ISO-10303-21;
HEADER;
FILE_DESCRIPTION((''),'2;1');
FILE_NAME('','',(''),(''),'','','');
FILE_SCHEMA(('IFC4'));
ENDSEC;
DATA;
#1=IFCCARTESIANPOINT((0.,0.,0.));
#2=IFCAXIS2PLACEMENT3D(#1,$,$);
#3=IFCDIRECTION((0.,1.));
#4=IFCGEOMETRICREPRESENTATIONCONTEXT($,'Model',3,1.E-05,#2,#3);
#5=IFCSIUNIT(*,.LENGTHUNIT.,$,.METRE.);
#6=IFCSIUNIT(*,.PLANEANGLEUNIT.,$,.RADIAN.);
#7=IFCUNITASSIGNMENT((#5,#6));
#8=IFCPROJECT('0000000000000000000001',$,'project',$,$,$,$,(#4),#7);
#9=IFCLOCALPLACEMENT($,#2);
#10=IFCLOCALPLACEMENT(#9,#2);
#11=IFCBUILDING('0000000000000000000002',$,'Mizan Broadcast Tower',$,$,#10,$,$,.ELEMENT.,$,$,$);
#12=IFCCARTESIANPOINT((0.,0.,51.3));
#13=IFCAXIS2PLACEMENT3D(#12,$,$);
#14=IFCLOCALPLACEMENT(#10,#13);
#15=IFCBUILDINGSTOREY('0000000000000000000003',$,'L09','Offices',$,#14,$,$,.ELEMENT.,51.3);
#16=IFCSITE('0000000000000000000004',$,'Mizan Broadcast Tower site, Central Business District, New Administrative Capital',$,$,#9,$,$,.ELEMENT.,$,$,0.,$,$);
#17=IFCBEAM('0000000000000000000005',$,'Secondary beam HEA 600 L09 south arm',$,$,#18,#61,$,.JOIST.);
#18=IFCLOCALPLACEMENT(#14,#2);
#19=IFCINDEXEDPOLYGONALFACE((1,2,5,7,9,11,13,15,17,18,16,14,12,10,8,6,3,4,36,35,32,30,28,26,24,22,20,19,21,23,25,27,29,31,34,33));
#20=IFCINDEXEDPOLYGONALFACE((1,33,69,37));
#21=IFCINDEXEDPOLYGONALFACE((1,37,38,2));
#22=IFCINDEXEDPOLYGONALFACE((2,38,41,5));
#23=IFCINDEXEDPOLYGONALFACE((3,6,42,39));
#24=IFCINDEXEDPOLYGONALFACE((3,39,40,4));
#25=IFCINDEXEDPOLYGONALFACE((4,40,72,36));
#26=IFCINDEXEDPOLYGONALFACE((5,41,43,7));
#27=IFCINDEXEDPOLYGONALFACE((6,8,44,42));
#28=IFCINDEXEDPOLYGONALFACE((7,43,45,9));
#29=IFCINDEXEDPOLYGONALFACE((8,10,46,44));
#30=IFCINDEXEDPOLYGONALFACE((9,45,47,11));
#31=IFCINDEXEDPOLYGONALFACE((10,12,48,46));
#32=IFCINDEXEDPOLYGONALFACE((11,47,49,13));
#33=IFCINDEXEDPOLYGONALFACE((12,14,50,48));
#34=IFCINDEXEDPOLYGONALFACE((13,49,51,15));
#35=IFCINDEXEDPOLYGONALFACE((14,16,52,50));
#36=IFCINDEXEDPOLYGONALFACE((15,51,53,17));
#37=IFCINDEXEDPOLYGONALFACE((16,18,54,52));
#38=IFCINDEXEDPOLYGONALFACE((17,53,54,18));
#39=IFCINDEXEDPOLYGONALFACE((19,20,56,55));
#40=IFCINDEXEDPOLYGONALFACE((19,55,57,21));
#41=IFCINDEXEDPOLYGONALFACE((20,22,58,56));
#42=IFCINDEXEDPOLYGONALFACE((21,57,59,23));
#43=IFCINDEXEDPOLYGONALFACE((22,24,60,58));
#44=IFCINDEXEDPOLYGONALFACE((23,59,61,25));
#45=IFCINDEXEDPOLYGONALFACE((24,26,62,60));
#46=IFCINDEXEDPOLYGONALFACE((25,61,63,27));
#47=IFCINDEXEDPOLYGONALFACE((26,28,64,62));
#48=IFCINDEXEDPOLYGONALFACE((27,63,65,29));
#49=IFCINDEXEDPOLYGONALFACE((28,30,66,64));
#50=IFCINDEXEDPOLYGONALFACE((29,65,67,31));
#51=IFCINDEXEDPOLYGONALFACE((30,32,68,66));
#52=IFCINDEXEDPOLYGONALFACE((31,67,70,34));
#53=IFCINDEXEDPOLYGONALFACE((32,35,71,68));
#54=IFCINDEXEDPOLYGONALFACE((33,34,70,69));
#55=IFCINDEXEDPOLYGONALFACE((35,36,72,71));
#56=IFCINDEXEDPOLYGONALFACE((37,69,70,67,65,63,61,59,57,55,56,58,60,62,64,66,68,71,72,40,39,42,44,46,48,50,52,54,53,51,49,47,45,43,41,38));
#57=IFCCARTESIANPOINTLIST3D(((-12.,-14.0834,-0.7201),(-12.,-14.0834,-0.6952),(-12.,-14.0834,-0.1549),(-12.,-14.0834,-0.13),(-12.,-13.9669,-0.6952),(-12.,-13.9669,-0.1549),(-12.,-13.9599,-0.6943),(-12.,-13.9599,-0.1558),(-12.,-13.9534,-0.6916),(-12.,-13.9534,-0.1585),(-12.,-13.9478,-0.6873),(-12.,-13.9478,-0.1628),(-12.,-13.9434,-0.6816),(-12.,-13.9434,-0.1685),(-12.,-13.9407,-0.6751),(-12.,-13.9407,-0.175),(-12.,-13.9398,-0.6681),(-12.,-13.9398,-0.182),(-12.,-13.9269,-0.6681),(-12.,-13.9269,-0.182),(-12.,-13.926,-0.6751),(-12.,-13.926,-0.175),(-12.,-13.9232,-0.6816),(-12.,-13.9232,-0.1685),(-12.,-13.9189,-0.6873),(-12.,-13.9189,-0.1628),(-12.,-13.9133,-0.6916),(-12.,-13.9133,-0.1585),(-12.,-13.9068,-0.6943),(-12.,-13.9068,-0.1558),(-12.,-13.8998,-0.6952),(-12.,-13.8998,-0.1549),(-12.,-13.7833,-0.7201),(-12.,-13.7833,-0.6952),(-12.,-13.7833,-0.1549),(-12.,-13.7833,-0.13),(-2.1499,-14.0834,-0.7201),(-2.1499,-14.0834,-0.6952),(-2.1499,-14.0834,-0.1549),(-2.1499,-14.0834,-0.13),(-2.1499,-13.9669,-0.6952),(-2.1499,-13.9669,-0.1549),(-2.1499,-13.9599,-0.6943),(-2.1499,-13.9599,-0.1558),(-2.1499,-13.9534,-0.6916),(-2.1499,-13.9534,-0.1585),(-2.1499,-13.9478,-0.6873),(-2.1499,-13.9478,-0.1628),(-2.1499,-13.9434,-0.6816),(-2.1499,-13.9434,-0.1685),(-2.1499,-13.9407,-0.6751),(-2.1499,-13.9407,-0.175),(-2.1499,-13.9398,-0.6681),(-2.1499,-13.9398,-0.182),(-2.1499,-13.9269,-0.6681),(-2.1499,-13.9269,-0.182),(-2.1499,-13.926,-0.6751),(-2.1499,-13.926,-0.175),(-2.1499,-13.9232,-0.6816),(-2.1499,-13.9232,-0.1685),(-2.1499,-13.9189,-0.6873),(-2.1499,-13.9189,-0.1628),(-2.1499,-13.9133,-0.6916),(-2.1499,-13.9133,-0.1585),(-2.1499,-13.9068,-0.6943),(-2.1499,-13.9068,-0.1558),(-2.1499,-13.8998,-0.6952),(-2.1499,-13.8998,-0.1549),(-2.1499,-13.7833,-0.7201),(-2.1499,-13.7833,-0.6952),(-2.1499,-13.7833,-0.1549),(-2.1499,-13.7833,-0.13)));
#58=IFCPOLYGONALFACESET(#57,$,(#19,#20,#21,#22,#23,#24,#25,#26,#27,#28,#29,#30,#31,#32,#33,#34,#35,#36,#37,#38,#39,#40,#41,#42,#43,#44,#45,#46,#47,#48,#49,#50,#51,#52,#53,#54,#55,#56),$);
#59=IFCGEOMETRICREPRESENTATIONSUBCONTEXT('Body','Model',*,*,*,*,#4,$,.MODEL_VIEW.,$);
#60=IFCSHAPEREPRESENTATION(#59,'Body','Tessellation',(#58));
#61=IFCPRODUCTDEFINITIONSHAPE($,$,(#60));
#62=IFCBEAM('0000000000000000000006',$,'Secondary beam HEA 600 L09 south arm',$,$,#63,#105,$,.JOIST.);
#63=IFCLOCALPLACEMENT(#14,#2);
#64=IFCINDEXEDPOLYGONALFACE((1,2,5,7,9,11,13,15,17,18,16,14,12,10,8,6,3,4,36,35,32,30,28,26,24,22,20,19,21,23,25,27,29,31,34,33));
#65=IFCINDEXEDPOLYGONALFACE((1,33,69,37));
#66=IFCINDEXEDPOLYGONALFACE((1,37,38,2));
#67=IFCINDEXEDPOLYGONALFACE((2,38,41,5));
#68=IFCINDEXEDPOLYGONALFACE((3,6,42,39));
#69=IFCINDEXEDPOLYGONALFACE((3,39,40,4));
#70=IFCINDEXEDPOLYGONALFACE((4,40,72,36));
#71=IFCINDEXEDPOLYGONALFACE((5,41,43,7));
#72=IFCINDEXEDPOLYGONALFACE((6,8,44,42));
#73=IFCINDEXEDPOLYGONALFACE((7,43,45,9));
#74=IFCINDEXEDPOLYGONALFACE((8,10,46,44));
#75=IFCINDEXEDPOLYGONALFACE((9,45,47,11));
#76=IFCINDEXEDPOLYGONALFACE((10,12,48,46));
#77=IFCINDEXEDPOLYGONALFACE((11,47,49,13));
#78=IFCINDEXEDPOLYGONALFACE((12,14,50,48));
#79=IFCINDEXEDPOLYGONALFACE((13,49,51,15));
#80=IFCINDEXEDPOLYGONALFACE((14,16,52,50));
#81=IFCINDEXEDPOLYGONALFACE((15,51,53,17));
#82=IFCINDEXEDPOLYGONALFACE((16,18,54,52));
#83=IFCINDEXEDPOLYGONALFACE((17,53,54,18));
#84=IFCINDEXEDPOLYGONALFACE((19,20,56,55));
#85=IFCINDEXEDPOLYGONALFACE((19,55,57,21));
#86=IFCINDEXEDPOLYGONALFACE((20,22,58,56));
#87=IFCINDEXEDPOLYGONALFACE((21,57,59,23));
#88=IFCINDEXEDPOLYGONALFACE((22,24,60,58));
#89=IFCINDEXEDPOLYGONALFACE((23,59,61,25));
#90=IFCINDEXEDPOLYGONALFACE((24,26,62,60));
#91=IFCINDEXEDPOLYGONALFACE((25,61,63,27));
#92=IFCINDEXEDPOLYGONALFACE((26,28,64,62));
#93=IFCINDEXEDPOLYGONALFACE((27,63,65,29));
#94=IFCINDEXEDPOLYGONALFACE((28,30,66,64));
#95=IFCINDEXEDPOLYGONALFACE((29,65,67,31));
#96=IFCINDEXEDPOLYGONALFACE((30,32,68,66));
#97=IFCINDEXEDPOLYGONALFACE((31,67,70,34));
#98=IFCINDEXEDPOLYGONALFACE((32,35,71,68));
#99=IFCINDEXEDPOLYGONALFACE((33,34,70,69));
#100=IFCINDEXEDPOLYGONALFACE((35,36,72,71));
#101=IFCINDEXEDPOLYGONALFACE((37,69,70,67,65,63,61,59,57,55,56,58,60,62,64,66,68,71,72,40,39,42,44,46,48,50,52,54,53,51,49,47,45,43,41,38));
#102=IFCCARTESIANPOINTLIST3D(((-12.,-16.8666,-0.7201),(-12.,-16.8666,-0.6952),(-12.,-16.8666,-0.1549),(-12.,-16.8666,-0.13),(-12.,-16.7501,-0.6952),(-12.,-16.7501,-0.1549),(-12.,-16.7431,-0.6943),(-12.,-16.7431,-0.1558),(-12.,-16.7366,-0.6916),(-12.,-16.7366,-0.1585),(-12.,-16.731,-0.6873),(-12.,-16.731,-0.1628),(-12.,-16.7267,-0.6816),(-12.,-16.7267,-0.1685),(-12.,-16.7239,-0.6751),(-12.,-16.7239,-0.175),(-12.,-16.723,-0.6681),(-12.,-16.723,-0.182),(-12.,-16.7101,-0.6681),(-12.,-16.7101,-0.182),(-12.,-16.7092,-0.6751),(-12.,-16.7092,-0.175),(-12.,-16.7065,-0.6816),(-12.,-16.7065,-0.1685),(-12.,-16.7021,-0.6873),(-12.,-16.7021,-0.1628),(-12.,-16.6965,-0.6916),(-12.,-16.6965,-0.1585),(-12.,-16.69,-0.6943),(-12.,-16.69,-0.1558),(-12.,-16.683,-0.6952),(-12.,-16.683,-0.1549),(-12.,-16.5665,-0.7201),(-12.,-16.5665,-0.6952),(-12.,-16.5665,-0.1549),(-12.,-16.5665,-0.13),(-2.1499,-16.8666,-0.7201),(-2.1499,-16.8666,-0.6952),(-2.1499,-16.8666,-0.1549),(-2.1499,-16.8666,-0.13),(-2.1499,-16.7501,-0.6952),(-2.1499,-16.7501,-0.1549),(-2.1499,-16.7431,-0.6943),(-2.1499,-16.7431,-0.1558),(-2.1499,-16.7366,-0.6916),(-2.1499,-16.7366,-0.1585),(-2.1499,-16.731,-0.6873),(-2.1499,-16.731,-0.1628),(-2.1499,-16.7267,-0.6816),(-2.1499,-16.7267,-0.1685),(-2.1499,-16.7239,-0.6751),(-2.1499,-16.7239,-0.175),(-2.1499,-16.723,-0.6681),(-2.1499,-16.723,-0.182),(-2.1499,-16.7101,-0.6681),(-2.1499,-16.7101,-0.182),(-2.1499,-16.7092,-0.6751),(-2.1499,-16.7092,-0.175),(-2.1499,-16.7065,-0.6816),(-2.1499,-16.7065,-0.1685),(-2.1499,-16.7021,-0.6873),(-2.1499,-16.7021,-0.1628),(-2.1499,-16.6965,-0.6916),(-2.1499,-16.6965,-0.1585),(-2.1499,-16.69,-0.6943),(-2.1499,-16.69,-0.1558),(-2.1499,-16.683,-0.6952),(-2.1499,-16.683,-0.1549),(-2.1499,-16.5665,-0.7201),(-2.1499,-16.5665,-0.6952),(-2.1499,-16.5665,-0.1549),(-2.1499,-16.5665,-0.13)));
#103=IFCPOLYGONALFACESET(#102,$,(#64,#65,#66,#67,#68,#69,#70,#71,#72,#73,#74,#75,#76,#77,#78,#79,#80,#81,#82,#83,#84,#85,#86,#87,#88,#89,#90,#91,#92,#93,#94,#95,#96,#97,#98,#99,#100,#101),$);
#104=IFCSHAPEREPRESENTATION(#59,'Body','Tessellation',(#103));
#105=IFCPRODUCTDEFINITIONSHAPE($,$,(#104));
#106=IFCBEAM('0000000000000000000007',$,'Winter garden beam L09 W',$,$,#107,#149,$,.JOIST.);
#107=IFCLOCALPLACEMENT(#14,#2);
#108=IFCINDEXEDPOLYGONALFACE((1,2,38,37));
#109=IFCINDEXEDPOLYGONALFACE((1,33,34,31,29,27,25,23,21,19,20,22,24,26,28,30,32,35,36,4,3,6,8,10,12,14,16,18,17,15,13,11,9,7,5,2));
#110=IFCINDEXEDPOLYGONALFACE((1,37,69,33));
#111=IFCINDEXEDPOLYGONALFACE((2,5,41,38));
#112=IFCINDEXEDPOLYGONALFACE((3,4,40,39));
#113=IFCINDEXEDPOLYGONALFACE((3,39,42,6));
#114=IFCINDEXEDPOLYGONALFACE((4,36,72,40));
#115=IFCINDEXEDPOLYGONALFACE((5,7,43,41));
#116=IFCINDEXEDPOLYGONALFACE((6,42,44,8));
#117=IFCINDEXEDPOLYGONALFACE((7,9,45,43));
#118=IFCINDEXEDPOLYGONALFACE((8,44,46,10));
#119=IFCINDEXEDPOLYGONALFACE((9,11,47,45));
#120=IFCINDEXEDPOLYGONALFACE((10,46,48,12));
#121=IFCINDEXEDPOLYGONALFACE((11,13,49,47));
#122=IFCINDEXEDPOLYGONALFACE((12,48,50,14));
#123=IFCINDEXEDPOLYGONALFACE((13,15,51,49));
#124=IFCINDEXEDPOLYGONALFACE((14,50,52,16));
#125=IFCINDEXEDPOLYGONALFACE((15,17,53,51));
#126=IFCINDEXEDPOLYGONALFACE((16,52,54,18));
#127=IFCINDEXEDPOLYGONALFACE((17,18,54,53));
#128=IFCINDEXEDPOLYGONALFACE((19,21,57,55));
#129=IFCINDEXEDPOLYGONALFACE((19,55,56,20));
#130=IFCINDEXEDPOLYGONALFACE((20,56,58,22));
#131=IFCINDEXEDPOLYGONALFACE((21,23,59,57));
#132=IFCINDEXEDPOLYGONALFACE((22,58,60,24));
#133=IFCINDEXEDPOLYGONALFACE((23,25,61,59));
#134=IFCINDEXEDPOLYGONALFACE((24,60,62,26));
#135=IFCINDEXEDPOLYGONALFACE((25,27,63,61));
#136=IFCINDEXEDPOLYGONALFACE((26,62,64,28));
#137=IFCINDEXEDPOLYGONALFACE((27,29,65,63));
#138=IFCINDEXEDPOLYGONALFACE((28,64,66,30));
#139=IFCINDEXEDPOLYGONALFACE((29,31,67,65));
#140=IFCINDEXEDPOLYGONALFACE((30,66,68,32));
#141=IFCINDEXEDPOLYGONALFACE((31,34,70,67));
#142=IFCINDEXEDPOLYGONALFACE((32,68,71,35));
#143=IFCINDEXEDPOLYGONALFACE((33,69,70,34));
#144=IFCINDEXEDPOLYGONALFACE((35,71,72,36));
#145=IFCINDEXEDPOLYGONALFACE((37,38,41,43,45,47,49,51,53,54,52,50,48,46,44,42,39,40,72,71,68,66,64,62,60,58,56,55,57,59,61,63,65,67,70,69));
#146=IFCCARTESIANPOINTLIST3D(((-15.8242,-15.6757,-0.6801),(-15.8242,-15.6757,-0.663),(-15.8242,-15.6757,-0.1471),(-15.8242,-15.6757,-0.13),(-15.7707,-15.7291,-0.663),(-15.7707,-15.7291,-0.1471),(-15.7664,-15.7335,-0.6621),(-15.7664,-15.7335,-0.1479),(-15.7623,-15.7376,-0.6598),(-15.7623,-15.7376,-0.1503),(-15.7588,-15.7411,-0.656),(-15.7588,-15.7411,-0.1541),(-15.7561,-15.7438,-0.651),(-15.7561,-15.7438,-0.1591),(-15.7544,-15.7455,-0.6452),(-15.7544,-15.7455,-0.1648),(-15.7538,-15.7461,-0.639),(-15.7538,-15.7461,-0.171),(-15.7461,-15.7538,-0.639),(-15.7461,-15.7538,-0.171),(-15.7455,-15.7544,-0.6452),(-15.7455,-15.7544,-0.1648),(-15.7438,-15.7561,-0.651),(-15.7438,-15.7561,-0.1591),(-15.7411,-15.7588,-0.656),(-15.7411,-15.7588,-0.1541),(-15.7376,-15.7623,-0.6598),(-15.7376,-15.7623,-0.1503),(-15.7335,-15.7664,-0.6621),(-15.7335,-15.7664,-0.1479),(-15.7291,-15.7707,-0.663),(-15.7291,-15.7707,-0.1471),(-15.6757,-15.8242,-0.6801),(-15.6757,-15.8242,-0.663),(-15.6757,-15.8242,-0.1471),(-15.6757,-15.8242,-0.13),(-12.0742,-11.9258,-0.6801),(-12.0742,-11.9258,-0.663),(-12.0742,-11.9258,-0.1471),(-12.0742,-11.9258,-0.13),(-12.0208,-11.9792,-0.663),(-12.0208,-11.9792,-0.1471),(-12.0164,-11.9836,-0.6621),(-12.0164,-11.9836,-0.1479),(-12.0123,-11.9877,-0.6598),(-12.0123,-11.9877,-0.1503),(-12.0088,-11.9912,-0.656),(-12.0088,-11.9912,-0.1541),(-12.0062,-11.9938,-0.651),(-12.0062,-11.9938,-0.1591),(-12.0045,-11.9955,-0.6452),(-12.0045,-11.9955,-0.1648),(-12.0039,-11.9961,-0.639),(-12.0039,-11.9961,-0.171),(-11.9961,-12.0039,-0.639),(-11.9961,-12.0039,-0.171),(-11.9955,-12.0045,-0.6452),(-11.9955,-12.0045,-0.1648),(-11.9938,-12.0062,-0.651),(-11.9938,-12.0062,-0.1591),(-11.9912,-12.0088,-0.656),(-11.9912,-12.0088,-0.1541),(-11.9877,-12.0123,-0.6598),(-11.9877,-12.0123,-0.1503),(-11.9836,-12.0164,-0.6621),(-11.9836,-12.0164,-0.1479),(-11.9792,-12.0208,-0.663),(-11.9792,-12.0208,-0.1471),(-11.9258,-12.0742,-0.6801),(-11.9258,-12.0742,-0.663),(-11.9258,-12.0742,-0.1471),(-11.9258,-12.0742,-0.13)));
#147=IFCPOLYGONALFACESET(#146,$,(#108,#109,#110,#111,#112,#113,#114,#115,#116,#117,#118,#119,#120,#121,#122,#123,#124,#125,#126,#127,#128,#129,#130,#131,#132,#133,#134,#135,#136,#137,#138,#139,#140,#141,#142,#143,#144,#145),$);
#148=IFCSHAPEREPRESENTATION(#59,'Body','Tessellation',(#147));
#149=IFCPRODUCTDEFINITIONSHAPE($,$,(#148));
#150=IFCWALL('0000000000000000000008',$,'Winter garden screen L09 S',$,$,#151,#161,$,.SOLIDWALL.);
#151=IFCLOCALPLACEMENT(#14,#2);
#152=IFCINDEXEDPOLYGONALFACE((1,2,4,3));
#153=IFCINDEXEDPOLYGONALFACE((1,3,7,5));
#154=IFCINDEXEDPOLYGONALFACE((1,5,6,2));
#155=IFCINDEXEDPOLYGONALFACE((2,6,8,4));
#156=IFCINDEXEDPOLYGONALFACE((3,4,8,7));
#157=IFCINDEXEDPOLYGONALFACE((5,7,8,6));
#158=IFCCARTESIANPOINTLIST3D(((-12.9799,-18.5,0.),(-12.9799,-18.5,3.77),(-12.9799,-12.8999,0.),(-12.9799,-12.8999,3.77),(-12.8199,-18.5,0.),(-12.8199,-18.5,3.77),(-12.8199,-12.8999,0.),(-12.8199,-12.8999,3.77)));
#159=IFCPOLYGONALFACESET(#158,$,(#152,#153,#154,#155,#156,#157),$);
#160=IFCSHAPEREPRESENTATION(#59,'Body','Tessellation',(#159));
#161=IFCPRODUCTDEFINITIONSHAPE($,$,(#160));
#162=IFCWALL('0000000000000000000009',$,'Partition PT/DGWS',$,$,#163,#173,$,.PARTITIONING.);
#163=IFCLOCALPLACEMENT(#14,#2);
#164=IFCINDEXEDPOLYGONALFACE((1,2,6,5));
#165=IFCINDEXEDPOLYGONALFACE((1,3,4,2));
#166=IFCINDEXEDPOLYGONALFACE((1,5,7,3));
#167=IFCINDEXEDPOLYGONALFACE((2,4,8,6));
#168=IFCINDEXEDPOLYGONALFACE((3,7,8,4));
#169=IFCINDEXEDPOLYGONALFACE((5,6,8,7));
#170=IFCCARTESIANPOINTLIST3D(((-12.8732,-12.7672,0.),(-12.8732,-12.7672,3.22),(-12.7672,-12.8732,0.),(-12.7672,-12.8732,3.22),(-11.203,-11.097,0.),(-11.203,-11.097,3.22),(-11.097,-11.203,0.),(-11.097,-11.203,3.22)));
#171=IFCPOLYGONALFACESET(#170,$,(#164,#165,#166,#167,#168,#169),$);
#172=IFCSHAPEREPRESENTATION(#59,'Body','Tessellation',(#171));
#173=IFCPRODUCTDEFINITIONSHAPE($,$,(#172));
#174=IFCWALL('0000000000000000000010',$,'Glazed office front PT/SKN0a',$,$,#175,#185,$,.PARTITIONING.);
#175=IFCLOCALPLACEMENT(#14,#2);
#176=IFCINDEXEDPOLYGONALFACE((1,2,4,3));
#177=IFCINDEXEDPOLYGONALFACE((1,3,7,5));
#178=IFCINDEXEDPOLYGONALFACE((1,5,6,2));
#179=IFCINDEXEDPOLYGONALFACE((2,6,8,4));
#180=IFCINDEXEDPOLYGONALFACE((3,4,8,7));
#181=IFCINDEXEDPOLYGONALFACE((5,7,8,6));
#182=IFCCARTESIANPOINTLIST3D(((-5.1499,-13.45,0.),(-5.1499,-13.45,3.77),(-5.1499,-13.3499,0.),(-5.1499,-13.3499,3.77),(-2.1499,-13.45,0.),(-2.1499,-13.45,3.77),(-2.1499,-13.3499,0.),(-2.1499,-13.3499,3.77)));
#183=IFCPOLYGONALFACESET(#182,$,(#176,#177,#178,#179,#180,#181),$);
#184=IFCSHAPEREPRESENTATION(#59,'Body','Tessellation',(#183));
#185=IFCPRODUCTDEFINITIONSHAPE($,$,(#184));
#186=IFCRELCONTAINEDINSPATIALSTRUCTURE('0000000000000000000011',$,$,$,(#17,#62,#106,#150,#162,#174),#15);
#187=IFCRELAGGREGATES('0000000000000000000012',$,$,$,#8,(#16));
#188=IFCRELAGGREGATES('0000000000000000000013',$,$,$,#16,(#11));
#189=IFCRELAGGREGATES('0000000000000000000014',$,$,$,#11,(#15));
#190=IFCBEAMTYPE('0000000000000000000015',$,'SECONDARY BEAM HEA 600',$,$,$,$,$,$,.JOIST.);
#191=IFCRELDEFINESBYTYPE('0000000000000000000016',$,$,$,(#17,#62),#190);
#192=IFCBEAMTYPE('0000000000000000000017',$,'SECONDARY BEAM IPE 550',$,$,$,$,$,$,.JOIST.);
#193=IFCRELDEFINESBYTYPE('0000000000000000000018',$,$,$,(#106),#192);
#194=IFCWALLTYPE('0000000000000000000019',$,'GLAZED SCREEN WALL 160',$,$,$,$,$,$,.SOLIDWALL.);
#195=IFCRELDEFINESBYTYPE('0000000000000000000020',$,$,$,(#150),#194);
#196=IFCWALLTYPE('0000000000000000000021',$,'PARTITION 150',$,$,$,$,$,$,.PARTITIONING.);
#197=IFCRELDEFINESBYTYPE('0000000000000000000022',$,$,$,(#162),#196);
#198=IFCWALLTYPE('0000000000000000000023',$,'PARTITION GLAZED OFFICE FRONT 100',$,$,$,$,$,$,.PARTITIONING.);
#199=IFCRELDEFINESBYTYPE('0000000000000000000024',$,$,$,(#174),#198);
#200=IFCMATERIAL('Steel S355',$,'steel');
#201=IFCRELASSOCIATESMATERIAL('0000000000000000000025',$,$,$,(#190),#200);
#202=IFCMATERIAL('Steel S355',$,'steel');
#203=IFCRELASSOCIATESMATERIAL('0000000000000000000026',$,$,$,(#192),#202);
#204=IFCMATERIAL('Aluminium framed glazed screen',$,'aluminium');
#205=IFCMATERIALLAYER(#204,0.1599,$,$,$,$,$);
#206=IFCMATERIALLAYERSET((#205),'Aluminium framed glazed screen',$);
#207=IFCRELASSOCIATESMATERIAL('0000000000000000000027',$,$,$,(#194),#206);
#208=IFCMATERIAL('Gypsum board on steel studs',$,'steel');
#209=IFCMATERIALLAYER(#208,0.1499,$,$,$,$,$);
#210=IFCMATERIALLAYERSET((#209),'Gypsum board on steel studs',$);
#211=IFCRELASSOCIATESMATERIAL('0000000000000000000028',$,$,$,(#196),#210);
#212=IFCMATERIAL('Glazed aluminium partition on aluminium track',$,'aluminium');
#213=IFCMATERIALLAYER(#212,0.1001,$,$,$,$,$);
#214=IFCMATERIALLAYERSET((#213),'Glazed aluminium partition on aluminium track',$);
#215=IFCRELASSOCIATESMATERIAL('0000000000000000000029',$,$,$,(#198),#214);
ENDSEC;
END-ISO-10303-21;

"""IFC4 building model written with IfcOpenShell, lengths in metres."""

from ifc_helpers import new_model, si_unit, direction, frame, frame_2d, origin, origin_2d, place, context, subcontext, project, spatial, rectangle, i_section, extrude, material, layer, layer_set, material_profile, profile_set, type_object, element, save


model = new_model("IFC4")

# Units and contexts
model_context = context("Model", 3, precision=1e-05, world=origin(), true_north=direction((0.0, 1.0)))
body_context = subcontext(model_context, "Body", "Model", "MODEL_VIEW")
ifc_project = project(units=[si_unit("LENGTHUNIT", "METRE"), si_unit("PLANEANGLEUNIT", "RADIAN")], contexts=[model_context])

# Site, building, storey
site_placement = place(None, origin())
site = spatial("IfcSite", under=ifc_project, at=site_placement, Name="Mizan Broadcast Tower site, Central Business District, New Administrative Capital", CompositionType="ELEMENT", RefElevation=0.0)
building_placement = place(site_placement, origin())
building = spatial("IfcBuilding", under=site, at=building_placement, Name="Mizan Broadcast Tower", CompositionType="ELEMENT")
storey_placement = place(building_placement, frame((0.0, 0.0, 51.3)))
storey = spatial("IfcBuildingStorey", under=building, at=storey_placement, Name="L09", Description="Offices", CompositionType="ELEMENT", Elevation=51.3)

# Beams
ifc_material_1 = material(Name="Steel S355", Category="steel")
ifc_material_profile_1 = material_profile(ifc_material_1, i_section(OverallWidth=0.3, OverallDepth=0.5901, WebThickness=0.0129, FlangeThickness=0.0249, FilletRadius=0.0271, at=origin_2d()), Name="HEA 600")
ifc_profile_set_1 = profile_set([ifc_material_profile_1], Name="Steel S355")
beam_type_1 = type_object("IfcBeamType", Name="SECONDARY BEAM HEA 600", PredefinedType="JOIST", material=ifc_profile_set_1)
for number, where, z_axis, x_axis, name in (
    (1, (-12.0, -13.9333, -0.425), (1.0, 0.0, 0.0), (0.0, 1.0, 0.0), "Secondary beam HEA 600 L09 south arm"),
    (2, (-12.0, -16.7166, -0.425), (1.0, 0.0, 0.0), (0.0, 1.0, 0.0), "Secondary beam HEA 600 L09 south arm"),
):
    element("IfcBeam", number, at=place(storey_placement, frame(where, z_axis=z_axis, x_axis=x_axis)), inside=storey, type_object=beam_type_1, Name=name, PredefinedType="JOIST", context=body_context, shape_type="SweptSolid", body=[
        extrude(i_section(OverallWidth=0.3, OverallDepth=0.5901, WebThickness=0.0129, FlangeThickness=0.0249, FilletRadius=0.0271, at=origin_2d()), origin(), (0.0, 0.0, 1.0), 9.8501),
    ])
ifc_material_2 = material(Name="Steel S355", Category="steel")
ifc_material_profile_2 = material_profile(ifc_material_2, i_section(OverallWidth=0.21, OverallDepth=0.55, WebThickness=0.011, FlangeThickness=0.0171, FilletRadius=0.0239, at=origin_2d()), Name="IPE 550")
ifc_profile_set_2 = profile_set([ifc_material_profile_2], Name="Steel S355")
beam_type_2 = type_object("IfcBeamType", Name="SECONDARY BEAM IPE 550", PredefinedType="JOIST", material=ifc_profile_set_2)
beam_1_placement = place(storey_placement, frame((-12.0, -12.0, -0.405), z_axis=(-0.707107, -0.707107, 0.0), x_axis=(0.707107, -0.707107, 0.0)))
element("IfcBeam", 3, at=beam_1_placement, inside=storey, type_object=beam_type_2, Name="Winter garden beam L09 W", PredefinedType="JOIST", context=body_context, shape_type="SweptSolid", body=[
    extrude(i_section(OverallWidth=0.21, OverallDepth=0.55, WebThickness=0.011, FlangeThickness=0.0171, FilletRadius=0.0239, at=origin_2d()), origin(), (0.0, 0.0, 1.0), 5.3032),
])

# Walls
ifc_material_3 = material(Name="Aluminium framed glazed screen", Category="aluminium")
ifc_layer_1 = layer(ifc_material_3, 0.1599)
ifc_layer_set_1 = layer_set([ifc_layer_1], Name="Aluminium framed glazed screen")
wall_type_1 = type_object("IfcWallType", Name="GLAZED SCREEN WALL 160", PredefinedType="SOLIDWALL", material=ifc_layer_set_1)
wall_1_placement = place(storey_placement, frame((-12.8999, -12.8999, 0.0), z_axis=(0.0, 0.0, 1.0), x_axis=(0.0, -1.0, 0.0)))
element("IfcWall", 4, at=wall_1_placement, inside=storey, type_object=wall_type_1, Name="Winter garden screen L09 S", PredefinedType="SOLIDWALL", context=body_context, shape_type="SweptSolid", body=[
    extrude(rectangle(XDim=5.6001, YDim=0.1599, at=frame_2d((2.8, 0.0))), origin(), (0.0, 0.0, 1.0), 3.77),
])
ifc_material_4 = material(Name="Gypsum board on steel studs", Category="steel")
ifc_layer_2 = layer(ifc_material_4, 0.1499)
ifc_layer_set_2 = layer_set([ifc_layer_2], Name="Gypsum board on steel studs")
wall_type_2 = type_object("IfcWallType", Name="PARTITION 150", PredefinedType="PARTITIONING", material=ifc_layer_set_2)
wall_2_placement = place(storey_placement, frame((-11.1499, -11.1499, 0.0), z_axis=(0.0, 0.0, 1.0), x_axis=(-0.707107, -0.707107, 0.0)))
element("IfcWall", 5, at=wall_2_placement, inside=storey, type_object=wall_type_2, Name="Partition PT/DGWS", PredefinedType="PARTITIONING", context=body_context, shape_type="SweptSolid", body=[
    extrude(rectangle(XDim=2.3621, YDim=0.1499, at=frame_2d((1.1812, 0.0))), origin(), (0.0, 0.0, 1.0), 3.22),
])
ifc_material_5 = material(Name="Glazed aluminium partition on aluminium track", Category="aluminium")
ifc_layer_3 = layer(ifc_material_5, 0.1001)
ifc_layer_set_3 = layer_set([ifc_layer_3], Name="Glazed aluminium partition on aluminium track")
wall_type_3 = type_object("IfcWallType", Name="PARTITION GLAZED OFFICE FRONT 100", PredefinedType="PARTITIONING", material=ifc_layer_set_3)
for number, where, z_axis, x_axis, name in (
    (6, (-2.1499, -13.3999, 0.0), (0.0, 0.0, 1.0), (-1.0, 0.0, 0.0), "Glazed office front PT/SKN0a"),
):
    element("IfcWall", number, at=place(storey_placement, frame(where, z_axis=z_axis, x_axis=x_axis)), inside=storey, type_object=wall_type_3, Name=name, PredefinedType="PARTITIONING", context=body_context, shape_type="SweptSolid", body=[
        extrude(rectangle(XDim=3.0, YDim=0.1001, at=frame_2d((1.5, 0.0))), origin(), (0.0, 0.0, 1.0), 3.77),
    ])

save(model, "model.ifc")
